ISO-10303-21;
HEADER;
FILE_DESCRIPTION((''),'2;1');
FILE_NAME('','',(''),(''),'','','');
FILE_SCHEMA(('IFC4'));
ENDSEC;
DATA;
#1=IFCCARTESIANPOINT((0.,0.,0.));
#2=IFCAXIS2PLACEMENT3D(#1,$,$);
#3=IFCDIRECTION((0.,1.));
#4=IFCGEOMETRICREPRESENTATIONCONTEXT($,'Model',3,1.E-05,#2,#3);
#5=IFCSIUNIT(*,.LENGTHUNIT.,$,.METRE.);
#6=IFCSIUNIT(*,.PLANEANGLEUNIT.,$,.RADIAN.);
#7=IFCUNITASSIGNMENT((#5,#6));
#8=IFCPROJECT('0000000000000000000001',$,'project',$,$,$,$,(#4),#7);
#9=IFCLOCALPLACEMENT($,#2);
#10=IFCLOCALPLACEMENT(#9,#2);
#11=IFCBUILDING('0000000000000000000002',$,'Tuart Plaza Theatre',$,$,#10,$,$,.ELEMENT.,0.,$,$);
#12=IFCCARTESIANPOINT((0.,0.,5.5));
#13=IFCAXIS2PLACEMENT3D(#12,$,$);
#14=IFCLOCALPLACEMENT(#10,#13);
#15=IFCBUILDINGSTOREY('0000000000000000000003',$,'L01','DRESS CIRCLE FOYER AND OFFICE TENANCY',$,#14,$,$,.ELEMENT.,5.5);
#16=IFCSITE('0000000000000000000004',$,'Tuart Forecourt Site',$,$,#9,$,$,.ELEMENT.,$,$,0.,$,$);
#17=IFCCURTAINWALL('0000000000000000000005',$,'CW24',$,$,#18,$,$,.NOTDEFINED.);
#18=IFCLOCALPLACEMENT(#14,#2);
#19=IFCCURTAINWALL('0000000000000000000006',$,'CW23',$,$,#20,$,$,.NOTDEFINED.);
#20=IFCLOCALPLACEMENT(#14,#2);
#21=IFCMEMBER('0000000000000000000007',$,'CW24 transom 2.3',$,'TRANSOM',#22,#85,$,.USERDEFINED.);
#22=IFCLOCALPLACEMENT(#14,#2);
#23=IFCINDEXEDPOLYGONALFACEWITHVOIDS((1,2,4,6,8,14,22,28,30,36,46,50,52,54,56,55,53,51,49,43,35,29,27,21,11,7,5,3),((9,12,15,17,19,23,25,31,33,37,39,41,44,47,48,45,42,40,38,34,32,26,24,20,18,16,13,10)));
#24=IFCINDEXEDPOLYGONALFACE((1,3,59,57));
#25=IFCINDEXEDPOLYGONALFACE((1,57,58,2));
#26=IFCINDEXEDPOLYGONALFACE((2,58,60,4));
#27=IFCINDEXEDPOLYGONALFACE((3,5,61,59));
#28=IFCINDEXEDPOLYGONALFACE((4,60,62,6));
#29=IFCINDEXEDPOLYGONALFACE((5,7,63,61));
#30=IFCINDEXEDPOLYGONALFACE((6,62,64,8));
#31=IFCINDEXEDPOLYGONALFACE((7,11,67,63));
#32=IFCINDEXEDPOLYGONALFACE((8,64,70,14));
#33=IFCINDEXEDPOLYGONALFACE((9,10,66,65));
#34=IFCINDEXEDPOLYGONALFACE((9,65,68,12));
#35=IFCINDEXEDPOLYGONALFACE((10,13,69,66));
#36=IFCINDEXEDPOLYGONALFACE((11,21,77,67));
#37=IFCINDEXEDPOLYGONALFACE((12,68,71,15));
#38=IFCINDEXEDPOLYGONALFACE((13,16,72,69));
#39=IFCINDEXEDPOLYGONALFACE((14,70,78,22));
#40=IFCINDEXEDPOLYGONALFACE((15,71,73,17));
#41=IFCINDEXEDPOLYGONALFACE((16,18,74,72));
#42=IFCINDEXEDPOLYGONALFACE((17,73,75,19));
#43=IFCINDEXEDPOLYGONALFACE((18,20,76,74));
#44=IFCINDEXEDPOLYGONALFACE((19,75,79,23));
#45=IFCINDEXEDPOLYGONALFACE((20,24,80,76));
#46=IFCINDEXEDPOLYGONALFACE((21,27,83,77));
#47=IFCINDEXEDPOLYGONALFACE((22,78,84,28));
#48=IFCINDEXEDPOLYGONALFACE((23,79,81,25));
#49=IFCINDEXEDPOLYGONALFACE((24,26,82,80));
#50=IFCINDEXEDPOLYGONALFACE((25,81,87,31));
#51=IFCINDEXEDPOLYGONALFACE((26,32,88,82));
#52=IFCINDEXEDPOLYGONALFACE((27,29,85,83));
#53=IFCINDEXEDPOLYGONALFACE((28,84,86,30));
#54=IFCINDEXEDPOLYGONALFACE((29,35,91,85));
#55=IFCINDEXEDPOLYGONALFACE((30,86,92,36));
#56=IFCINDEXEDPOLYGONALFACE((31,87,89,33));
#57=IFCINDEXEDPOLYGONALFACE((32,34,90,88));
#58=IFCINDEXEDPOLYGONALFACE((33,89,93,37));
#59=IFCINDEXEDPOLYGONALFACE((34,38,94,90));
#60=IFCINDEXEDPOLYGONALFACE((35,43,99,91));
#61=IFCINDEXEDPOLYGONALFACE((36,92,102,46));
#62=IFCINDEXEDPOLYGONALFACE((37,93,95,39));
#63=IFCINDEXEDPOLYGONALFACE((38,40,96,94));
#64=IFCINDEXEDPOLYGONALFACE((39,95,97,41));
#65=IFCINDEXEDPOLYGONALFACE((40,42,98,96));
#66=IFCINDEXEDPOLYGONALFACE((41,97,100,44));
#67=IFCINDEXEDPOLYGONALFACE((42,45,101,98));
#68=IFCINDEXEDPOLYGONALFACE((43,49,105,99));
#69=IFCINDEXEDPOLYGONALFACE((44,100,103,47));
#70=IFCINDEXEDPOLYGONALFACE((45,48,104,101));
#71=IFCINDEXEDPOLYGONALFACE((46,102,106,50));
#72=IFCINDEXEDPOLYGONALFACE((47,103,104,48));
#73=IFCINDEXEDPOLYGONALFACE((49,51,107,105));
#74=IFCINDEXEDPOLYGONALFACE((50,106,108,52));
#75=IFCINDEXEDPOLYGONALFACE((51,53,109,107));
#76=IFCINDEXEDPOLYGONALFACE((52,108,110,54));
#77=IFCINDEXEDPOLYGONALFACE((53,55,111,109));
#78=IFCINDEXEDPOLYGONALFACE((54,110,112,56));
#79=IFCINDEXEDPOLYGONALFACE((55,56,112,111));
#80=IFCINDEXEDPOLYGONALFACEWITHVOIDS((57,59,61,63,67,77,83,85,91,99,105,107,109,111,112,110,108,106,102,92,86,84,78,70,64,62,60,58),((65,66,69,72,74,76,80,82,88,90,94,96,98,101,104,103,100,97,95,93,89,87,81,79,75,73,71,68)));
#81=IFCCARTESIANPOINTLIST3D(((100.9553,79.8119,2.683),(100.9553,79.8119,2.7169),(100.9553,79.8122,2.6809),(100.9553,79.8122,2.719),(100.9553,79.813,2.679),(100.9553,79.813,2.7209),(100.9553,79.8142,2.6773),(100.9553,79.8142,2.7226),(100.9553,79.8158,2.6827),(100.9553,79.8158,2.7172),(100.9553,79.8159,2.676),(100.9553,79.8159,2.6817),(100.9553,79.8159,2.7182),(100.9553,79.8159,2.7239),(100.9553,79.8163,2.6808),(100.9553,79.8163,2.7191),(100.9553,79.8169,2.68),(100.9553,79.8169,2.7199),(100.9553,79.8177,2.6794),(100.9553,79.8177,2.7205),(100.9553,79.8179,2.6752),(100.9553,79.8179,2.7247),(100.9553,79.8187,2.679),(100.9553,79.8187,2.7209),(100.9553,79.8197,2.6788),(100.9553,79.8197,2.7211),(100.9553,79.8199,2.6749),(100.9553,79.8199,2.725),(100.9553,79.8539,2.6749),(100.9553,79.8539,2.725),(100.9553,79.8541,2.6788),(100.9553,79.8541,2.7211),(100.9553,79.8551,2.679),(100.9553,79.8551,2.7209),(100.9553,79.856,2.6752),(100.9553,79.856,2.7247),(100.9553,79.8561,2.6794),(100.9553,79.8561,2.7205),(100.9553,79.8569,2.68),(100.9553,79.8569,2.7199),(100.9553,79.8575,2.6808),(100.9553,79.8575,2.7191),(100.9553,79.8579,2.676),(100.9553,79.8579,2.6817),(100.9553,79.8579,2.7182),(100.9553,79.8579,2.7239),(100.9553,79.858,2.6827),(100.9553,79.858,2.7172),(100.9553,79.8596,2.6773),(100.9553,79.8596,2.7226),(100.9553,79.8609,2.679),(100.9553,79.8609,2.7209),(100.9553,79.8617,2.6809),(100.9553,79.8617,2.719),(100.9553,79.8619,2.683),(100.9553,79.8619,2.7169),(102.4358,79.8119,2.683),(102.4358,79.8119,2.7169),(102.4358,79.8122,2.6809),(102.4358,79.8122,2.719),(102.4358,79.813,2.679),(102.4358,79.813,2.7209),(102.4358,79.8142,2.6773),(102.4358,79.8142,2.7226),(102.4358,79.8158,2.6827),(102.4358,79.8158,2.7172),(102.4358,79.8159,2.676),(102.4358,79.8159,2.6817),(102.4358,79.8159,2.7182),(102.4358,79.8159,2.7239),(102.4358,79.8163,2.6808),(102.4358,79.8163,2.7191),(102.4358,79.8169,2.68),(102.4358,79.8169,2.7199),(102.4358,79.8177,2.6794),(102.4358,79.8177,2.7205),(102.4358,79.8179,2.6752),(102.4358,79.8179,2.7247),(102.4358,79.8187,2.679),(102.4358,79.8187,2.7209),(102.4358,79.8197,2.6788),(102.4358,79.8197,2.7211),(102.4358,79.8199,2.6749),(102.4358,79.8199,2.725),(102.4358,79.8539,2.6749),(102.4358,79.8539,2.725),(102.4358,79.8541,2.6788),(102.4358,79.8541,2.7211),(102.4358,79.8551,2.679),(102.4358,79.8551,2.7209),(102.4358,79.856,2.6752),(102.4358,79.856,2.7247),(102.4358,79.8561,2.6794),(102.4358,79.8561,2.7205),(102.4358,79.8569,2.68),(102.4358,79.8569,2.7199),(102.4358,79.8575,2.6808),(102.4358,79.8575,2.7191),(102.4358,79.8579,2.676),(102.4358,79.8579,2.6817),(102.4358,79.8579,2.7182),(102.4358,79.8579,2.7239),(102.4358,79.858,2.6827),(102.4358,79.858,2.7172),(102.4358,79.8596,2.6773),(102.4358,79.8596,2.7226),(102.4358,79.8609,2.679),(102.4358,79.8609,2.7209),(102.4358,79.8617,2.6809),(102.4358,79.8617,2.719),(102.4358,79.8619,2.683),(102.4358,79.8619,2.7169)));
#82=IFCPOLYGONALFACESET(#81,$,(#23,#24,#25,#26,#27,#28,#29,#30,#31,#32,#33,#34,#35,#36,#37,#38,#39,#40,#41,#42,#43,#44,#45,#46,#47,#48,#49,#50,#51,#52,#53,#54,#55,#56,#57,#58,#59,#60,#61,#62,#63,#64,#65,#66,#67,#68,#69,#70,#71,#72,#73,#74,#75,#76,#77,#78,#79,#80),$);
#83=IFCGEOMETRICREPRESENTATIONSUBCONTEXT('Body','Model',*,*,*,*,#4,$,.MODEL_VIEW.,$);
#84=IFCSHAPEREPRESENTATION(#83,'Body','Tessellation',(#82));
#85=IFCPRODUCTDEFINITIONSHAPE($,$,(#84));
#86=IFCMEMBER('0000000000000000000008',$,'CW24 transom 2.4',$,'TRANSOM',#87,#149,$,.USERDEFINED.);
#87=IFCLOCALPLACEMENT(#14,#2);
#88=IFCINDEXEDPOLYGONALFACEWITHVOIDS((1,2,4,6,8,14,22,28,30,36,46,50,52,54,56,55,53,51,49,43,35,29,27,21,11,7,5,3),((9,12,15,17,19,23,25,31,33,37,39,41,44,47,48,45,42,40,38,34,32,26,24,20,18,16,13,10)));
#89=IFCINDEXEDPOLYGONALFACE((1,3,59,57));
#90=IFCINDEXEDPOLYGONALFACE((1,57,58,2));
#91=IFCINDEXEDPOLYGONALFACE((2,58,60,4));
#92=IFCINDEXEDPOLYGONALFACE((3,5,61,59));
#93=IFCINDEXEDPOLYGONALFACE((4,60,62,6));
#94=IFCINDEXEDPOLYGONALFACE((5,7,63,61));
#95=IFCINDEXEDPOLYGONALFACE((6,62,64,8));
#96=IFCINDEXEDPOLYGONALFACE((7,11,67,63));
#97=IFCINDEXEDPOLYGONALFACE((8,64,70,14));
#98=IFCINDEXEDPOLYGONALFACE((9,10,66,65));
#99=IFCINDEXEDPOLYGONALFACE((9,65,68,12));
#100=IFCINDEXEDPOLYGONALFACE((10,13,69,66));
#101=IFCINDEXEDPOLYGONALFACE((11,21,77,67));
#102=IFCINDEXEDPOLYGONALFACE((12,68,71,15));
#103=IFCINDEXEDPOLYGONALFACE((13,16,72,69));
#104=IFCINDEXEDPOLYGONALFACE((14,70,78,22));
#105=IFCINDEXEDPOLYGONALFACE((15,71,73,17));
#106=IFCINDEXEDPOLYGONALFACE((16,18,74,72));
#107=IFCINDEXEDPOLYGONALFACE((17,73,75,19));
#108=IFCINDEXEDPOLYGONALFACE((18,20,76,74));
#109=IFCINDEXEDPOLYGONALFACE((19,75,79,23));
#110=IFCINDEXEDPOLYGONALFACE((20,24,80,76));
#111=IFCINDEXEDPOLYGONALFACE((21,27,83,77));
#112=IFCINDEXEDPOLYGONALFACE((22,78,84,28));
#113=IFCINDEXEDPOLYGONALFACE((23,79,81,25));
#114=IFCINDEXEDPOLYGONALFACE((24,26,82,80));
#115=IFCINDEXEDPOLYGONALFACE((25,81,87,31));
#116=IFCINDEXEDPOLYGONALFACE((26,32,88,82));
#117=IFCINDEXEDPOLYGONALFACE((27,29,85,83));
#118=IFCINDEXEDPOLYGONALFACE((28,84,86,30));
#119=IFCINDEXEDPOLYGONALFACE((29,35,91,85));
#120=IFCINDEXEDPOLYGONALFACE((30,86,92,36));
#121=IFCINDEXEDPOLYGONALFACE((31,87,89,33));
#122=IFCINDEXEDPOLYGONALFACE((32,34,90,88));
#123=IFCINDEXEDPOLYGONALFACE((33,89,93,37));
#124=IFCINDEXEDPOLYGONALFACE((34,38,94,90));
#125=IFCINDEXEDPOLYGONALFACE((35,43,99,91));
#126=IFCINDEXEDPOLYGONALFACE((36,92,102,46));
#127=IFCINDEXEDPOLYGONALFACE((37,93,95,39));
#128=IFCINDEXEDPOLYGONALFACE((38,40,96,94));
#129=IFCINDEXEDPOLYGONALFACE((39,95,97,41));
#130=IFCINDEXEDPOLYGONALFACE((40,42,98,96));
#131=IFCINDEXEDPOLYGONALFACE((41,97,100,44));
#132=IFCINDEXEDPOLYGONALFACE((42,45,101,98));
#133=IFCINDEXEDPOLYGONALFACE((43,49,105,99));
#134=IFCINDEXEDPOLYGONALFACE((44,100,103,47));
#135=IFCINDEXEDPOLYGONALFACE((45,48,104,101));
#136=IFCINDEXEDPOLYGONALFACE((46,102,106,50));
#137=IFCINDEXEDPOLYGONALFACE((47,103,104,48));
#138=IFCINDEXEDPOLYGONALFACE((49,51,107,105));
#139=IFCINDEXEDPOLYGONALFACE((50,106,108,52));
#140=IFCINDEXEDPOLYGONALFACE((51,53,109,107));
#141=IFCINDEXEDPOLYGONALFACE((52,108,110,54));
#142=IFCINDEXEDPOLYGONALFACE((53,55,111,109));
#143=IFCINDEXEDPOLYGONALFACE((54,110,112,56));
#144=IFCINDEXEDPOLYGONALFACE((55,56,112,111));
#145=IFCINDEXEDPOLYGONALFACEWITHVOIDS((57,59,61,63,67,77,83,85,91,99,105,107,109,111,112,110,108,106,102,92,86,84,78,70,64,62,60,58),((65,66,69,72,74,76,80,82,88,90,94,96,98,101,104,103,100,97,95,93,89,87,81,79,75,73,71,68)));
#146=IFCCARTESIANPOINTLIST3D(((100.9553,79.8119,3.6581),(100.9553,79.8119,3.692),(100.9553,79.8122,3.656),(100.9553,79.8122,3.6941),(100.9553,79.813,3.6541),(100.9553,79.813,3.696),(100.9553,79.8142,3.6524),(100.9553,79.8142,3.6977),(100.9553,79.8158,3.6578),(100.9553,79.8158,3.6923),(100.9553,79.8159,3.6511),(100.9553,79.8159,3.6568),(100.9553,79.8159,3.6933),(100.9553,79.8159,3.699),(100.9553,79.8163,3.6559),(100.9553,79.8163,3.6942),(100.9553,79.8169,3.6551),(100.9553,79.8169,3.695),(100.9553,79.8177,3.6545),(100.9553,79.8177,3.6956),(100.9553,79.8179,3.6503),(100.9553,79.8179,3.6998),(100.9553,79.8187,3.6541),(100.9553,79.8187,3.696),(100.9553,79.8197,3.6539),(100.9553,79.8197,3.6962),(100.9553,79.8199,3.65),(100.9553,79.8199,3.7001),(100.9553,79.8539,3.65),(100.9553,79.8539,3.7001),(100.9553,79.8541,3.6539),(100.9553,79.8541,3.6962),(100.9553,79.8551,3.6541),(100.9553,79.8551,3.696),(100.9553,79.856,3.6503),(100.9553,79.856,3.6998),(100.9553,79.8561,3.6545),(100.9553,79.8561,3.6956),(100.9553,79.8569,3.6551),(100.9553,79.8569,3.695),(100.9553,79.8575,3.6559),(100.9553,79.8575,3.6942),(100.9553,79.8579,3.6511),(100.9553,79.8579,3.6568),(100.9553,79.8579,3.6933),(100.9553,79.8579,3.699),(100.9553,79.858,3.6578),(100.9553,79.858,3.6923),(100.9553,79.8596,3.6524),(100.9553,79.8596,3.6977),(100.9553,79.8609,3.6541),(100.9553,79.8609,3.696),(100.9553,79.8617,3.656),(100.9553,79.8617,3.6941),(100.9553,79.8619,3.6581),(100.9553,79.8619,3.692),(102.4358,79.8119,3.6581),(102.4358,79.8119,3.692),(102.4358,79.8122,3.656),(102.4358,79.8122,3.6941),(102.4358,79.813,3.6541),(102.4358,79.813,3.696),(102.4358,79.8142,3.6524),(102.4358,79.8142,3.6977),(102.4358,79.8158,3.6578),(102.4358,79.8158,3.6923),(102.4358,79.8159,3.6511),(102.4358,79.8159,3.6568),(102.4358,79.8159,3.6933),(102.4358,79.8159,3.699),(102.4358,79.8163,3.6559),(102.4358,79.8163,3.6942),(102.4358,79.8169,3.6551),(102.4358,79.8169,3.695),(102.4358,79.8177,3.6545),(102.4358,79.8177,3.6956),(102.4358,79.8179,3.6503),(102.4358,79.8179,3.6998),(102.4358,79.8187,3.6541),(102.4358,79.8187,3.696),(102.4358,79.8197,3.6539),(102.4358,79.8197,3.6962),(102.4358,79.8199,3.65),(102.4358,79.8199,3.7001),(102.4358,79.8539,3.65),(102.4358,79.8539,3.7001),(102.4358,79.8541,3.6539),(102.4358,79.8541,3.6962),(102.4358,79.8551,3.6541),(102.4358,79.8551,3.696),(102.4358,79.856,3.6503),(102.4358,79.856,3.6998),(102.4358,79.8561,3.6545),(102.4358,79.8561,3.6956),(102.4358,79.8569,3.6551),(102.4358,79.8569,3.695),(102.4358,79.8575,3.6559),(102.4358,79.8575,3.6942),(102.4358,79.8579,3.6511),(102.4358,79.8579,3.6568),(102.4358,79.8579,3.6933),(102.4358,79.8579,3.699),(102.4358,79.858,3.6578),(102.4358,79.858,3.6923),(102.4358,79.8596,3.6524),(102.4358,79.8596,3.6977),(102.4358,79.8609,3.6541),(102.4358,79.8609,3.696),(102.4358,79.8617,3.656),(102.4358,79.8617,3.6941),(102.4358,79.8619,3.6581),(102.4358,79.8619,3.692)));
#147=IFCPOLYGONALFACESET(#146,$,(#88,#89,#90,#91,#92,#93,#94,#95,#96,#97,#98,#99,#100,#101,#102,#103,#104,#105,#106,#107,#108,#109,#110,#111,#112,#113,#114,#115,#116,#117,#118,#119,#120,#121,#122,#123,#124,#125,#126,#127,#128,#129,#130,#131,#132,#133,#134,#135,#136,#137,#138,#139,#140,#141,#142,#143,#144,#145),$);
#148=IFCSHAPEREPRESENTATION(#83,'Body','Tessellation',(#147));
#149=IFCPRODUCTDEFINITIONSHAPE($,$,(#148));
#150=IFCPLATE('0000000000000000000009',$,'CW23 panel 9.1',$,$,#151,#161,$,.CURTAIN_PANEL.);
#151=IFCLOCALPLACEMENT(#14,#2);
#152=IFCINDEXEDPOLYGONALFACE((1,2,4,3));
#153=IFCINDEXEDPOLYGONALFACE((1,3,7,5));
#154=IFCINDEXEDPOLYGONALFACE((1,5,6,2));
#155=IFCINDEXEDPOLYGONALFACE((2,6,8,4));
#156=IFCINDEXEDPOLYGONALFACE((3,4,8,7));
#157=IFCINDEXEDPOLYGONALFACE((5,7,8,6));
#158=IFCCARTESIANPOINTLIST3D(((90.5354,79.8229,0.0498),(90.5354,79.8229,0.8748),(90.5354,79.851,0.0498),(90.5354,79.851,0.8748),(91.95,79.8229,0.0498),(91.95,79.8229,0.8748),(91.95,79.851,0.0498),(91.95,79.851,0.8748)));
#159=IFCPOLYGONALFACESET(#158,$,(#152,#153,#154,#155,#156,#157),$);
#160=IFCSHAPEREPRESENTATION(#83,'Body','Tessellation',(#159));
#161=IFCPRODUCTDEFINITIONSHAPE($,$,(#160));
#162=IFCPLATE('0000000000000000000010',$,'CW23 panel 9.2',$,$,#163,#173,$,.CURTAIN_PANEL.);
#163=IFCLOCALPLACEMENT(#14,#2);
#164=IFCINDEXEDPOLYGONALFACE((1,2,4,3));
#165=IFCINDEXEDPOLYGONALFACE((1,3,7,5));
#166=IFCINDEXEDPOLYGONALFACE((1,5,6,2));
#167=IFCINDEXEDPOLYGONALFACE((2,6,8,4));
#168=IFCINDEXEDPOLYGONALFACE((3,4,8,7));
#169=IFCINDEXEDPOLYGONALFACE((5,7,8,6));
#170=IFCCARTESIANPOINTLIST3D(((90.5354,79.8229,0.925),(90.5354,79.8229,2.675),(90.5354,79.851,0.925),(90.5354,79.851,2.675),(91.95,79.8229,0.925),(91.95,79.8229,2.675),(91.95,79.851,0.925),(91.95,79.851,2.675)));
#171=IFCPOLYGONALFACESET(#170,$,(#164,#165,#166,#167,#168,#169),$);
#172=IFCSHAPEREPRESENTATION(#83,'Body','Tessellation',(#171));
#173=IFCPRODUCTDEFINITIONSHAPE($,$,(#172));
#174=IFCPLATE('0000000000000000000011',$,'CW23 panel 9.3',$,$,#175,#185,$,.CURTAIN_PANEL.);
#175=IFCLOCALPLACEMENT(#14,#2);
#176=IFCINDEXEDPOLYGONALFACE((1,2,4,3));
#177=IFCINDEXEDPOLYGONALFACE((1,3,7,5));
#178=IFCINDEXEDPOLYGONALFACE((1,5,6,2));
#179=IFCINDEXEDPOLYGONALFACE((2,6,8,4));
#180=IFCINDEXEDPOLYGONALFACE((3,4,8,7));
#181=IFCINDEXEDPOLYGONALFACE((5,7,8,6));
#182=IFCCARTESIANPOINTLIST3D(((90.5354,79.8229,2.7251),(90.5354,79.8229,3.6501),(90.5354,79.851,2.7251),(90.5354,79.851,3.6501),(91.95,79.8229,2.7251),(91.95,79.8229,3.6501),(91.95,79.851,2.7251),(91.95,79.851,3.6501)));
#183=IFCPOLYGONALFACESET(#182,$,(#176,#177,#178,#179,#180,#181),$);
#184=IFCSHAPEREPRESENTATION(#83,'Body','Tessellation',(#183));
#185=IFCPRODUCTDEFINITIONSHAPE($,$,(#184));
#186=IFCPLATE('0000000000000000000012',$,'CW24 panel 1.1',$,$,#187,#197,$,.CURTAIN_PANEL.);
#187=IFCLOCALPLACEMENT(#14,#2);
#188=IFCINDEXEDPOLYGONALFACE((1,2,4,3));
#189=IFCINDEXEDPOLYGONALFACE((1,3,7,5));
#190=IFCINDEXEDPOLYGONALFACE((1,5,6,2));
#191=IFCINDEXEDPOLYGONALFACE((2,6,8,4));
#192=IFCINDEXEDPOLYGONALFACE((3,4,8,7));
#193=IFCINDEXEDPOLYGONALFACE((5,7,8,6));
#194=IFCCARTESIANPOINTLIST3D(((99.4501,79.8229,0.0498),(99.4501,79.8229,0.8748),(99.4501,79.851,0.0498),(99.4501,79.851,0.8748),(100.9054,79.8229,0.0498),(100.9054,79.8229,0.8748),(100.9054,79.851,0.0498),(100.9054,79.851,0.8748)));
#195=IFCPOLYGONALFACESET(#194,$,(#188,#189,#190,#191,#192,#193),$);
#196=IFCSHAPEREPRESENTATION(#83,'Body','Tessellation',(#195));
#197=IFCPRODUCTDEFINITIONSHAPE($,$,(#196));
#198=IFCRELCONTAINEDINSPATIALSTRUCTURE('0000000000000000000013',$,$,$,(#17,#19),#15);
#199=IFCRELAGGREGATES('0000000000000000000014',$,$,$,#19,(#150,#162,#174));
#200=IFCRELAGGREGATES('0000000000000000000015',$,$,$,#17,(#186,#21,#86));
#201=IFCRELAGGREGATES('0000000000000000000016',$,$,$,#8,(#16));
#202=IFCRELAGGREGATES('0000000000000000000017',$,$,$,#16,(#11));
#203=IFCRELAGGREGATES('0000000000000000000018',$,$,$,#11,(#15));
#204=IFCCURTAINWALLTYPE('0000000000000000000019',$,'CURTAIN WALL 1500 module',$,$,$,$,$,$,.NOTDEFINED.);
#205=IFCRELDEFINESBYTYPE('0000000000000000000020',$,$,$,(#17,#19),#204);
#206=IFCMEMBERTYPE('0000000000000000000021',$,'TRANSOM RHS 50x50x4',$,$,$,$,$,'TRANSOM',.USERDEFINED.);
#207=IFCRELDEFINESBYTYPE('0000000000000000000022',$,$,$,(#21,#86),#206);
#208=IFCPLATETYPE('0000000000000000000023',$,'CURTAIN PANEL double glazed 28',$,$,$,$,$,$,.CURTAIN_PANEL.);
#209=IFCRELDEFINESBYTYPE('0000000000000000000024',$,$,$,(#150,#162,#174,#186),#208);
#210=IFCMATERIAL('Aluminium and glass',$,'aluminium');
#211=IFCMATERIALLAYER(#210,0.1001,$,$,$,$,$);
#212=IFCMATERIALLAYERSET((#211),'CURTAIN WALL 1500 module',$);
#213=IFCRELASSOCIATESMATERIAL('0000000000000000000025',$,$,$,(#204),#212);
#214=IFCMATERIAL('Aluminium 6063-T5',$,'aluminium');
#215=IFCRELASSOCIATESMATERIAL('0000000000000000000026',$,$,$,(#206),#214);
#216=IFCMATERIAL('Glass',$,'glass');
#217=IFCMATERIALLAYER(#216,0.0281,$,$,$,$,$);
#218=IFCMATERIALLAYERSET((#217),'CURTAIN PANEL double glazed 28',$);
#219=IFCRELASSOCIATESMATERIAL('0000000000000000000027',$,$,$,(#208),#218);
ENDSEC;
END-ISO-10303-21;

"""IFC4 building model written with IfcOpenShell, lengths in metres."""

from ifc_helpers import new_model, si_unit, direction, frame, origin, origin_2d, place, context, subcontext, project, spatial, rectangle, hollow_rectangle, extrude, material, layer, layer_set, material_profile, profile_set, type_object, element, aggregate, save


model = new_model("IFC4")

# Units and contexts
model_context = context("Model", 3, precision=1e-05, world=origin(), true_north=direction((0.0, 1.0)))
body_context = subcontext(model_context, "Body", "Model", "MODEL_VIEW")
ifc_project = project(units=[si_unit("LENGTHUNIT", "METRE"), si_unit("PLANEANGLEUNIT", "RADIAN")], contexts=[model_context])

# Site, building, storey
site_placement = place(None, origin())
site = spatial("IfcSite", under=ifc_project, at=site_placement, Name="Tuart Forecourt Site", CompositionType="ELEMENT", RefElevation=0.0)
building_placement = place(site_placement, origin())
building = spatial("IfcBuilding", under=site, at=building_placement, Name="Tuart Plaza Theatre", CompositionType="ELEMENT", ElevationOfRefHeight=0.0)
storey_placement = place(building_placement, frame((0.0, 0.0, 5.5)))
storey = spatial("IfcBuildingStorey", under=building, at=storey_placement, Name="L01", Description="DRESS CIRCLE FOYER AND OFFICE TENANCY", CompositionType="ELEMENT", Elevation=5.5)

# Curtain wall
ifc_material_1 = material(Name="Aluminium and glass", Category="aluminium")
ifc_layer_1 = layer(ifc_material_1, 0.1001)
ifc_layer_set_1 = layer_set([ifc_layer_1], Name="CURTAIN WALL 1500 module")
curtain_wall_type = type_object("IfcCurtainWallType", Name="CURTAIN WALL 1500 module", PredefinedType="NOTDEFINED", material=ifc_layer_set_1)
curtain_wall_1_placement = place(storey_placement, origin())
curtain_wall_1 = element("IfcCurtainWall", 1, at=curtain_wall_1_placement, inside=storey, type_object=curtain_wall_type, Name="CW24", PredefinedType="NOTDEFINED")

# Curtain wall
curtain_wall_2_placement = place(storey_placement, origin())
curtain_wall_2 = element("IfcCurtainWall", 2, at=curtain_wall_2_placement, inside=storey, type_object=curtain_wall_type, Name="CW23", PredefinedType="NOTDEFINED")
ifc_material_2 = material(Name="Aluminium 6063-T5", Category="aluminium")
ifc_material_profile_1 = material_profile(ifc_material_2, hollow_rectangle(XDim=0.05, YDim=0.05, WallThickness=0.0039, InnerFilletRadius=0.0039, OuterFilletRadius=0.0081, at=origin_2d()), Name="RHS 50x50x4")
ifc_profile_set_1 = profile_set([ifc_material_profile_1], Name="Aluminium 6063-T5")
member_type_1 = type_object("IfcMemberType", Name="TRANSOM RHS 50x50x4", ElementType="TRANSOM", PredefinedType="USERDEFINED", material=ifc_profile_set_1)

# Members
member_1_placement = place(storey_placement, frame((100.9553, 79.8369, 2.7), z_axis=(1.0, 0.0, 0.0), x_axis=(0.0, 1.0, 0.0)))
member_1 = element("IfcMember", 3, at=member_1_placement, type_object=member_type_1, Name="CW24 transom 2.3", ObjectType="TRANSOM", PredefinedType="USERDEFINED", context=body_context, shape_type="SweptSolid", body=[
    extrude(hollow_rectangle(XDim=0.05, YDim=0.05, WallThickness=0.0039, InnerFilletRadius=0.0039, OuterFilletRadius=0.0081, at=origin_2d()), origin(), (0.0, 0.0, 1.0), 1.4805),
])
member_2_placement = place(storey_placement, frame((100.9553, 79.8369, 3.675), z_axis=(1.0, 0.0, 0.0), x_axis=(0.0, 1.0, 0.0)))
member_2 = element("IfcMember", 4, at=member_2_placement, type_object=member_type_1, Name="CW24 transom 2.4", ObjectType="TRANSOM", PredefinedType="USERDEFINED", context=body_context, shape_type="SweptSolid", body=[
    extrude(hollow_rectangle(XDim=0.05, YDim=0.05, WallThickness=0.0039, InnerFilletRadius=0.0039, OuterFilletRadius=0.0081, at=origin_2d()), origin(), (0.0, 0.0, 1.0), 1.4805),
])

# Plates
ifc_material_3 = material(Name="Glass", Category="glass")
ifc_layer_2 = layer(ifc_material_3, 0.0281)
ifc_layer_set_2 = layer_set([ifc_layer_2], Name="CURTAIN PANEL double glazed 28")
plate_type = type_object("IfcPlateType", Name="CURTAIN PANEL double glazed 28", PredefinedType="CURTAIN_PANEL", material=ifc_layer_set_2)
plate_1_placement = place(storey_placement, frame((91.2427, 79.8369, 0.0498), z_axis=(0.0, 0.0, 1.0), x_axis=(1.0, 0.0, 0.0)))
plate_1 = element("IfcPlate", 5, at=plate_1_placement, type_object=plate_type, Name="CW23 panel 9.1", PredefinedType="CURTAIN_PANEL", context=body_context, shape_type="SweptSolid", body=[
    extrude(rectangle(XDim=1.4146, YDim=0.0281, at=origin_2d()), origin(), (0.0, 0.0, 1.0), 0.825),
])
plate_2_placement = place(storey_placement, frame((91.2427, 79.8369, 0.925), z_axis=(0.0, 0.0, 1.0), x_axis=(1.0, 0.0, 0.0)))
plate_2 = element("IfcPlate", 6, at=plate_2_placement, type_object=plate_type, Name="CW23 panel 9.2", PredefinedType="CURTAIN_PANEL", context=body_context, shape_type="SweptSolid", body=[
    extrude(rectangle(XDim=1.4146, YDim=0.0281, at=origin_2d()), origin(), (0.0, 0.0, 1.0), 1.75),
])
plate_3_placement = place(storey_placement, frame((91.2427, 79.8369, 2.7251), z_axis=(0.0, 0.0, 1.0), x_axis=(1.0, 0.0, 0.0)))
plate_3 = element("IfcPlate", 7, at=plate_3_placement, type_object=plate_type, Name="CW23 panel 9.3", PredefinedType="CURTAIN_PANEL", context=body_context, shape_type="SweptSolid", body=[
    extrude(rectangle(XDim=1.4146, YDim=0.0281, at=origin_2d()), origin(), (0.0, 0.0, 1.0), 0.925),
])
aggregate(curtain_wall_2, [plate_1, plate_2, plate_3])
plate_4_placement = place(storey_placement, frame((100.1777, 79.8369, 0.0498), z_axis=(0.0, 0.0, 1.0), x_axis=(1.0, 0.0, 0.0)))
plate_4 = element("IfcPlate", 8, at=plate_4_placement, type_object=plate_type, Name="CW24 panel 1.1", PredefinedType="CURTAIN_PANEL", context=body_context, shape_type="SweptSolid", body=[
    extrude(rectangle(XDim=1.4553, YDim=0.0281, at=origin_2d()), origin(), (0.0, 0.0, 1.0), 0.825),
])
aggregate(curtain_wall_1, [plate_4, member_1, member_2])

save(model, "model.ifc")
